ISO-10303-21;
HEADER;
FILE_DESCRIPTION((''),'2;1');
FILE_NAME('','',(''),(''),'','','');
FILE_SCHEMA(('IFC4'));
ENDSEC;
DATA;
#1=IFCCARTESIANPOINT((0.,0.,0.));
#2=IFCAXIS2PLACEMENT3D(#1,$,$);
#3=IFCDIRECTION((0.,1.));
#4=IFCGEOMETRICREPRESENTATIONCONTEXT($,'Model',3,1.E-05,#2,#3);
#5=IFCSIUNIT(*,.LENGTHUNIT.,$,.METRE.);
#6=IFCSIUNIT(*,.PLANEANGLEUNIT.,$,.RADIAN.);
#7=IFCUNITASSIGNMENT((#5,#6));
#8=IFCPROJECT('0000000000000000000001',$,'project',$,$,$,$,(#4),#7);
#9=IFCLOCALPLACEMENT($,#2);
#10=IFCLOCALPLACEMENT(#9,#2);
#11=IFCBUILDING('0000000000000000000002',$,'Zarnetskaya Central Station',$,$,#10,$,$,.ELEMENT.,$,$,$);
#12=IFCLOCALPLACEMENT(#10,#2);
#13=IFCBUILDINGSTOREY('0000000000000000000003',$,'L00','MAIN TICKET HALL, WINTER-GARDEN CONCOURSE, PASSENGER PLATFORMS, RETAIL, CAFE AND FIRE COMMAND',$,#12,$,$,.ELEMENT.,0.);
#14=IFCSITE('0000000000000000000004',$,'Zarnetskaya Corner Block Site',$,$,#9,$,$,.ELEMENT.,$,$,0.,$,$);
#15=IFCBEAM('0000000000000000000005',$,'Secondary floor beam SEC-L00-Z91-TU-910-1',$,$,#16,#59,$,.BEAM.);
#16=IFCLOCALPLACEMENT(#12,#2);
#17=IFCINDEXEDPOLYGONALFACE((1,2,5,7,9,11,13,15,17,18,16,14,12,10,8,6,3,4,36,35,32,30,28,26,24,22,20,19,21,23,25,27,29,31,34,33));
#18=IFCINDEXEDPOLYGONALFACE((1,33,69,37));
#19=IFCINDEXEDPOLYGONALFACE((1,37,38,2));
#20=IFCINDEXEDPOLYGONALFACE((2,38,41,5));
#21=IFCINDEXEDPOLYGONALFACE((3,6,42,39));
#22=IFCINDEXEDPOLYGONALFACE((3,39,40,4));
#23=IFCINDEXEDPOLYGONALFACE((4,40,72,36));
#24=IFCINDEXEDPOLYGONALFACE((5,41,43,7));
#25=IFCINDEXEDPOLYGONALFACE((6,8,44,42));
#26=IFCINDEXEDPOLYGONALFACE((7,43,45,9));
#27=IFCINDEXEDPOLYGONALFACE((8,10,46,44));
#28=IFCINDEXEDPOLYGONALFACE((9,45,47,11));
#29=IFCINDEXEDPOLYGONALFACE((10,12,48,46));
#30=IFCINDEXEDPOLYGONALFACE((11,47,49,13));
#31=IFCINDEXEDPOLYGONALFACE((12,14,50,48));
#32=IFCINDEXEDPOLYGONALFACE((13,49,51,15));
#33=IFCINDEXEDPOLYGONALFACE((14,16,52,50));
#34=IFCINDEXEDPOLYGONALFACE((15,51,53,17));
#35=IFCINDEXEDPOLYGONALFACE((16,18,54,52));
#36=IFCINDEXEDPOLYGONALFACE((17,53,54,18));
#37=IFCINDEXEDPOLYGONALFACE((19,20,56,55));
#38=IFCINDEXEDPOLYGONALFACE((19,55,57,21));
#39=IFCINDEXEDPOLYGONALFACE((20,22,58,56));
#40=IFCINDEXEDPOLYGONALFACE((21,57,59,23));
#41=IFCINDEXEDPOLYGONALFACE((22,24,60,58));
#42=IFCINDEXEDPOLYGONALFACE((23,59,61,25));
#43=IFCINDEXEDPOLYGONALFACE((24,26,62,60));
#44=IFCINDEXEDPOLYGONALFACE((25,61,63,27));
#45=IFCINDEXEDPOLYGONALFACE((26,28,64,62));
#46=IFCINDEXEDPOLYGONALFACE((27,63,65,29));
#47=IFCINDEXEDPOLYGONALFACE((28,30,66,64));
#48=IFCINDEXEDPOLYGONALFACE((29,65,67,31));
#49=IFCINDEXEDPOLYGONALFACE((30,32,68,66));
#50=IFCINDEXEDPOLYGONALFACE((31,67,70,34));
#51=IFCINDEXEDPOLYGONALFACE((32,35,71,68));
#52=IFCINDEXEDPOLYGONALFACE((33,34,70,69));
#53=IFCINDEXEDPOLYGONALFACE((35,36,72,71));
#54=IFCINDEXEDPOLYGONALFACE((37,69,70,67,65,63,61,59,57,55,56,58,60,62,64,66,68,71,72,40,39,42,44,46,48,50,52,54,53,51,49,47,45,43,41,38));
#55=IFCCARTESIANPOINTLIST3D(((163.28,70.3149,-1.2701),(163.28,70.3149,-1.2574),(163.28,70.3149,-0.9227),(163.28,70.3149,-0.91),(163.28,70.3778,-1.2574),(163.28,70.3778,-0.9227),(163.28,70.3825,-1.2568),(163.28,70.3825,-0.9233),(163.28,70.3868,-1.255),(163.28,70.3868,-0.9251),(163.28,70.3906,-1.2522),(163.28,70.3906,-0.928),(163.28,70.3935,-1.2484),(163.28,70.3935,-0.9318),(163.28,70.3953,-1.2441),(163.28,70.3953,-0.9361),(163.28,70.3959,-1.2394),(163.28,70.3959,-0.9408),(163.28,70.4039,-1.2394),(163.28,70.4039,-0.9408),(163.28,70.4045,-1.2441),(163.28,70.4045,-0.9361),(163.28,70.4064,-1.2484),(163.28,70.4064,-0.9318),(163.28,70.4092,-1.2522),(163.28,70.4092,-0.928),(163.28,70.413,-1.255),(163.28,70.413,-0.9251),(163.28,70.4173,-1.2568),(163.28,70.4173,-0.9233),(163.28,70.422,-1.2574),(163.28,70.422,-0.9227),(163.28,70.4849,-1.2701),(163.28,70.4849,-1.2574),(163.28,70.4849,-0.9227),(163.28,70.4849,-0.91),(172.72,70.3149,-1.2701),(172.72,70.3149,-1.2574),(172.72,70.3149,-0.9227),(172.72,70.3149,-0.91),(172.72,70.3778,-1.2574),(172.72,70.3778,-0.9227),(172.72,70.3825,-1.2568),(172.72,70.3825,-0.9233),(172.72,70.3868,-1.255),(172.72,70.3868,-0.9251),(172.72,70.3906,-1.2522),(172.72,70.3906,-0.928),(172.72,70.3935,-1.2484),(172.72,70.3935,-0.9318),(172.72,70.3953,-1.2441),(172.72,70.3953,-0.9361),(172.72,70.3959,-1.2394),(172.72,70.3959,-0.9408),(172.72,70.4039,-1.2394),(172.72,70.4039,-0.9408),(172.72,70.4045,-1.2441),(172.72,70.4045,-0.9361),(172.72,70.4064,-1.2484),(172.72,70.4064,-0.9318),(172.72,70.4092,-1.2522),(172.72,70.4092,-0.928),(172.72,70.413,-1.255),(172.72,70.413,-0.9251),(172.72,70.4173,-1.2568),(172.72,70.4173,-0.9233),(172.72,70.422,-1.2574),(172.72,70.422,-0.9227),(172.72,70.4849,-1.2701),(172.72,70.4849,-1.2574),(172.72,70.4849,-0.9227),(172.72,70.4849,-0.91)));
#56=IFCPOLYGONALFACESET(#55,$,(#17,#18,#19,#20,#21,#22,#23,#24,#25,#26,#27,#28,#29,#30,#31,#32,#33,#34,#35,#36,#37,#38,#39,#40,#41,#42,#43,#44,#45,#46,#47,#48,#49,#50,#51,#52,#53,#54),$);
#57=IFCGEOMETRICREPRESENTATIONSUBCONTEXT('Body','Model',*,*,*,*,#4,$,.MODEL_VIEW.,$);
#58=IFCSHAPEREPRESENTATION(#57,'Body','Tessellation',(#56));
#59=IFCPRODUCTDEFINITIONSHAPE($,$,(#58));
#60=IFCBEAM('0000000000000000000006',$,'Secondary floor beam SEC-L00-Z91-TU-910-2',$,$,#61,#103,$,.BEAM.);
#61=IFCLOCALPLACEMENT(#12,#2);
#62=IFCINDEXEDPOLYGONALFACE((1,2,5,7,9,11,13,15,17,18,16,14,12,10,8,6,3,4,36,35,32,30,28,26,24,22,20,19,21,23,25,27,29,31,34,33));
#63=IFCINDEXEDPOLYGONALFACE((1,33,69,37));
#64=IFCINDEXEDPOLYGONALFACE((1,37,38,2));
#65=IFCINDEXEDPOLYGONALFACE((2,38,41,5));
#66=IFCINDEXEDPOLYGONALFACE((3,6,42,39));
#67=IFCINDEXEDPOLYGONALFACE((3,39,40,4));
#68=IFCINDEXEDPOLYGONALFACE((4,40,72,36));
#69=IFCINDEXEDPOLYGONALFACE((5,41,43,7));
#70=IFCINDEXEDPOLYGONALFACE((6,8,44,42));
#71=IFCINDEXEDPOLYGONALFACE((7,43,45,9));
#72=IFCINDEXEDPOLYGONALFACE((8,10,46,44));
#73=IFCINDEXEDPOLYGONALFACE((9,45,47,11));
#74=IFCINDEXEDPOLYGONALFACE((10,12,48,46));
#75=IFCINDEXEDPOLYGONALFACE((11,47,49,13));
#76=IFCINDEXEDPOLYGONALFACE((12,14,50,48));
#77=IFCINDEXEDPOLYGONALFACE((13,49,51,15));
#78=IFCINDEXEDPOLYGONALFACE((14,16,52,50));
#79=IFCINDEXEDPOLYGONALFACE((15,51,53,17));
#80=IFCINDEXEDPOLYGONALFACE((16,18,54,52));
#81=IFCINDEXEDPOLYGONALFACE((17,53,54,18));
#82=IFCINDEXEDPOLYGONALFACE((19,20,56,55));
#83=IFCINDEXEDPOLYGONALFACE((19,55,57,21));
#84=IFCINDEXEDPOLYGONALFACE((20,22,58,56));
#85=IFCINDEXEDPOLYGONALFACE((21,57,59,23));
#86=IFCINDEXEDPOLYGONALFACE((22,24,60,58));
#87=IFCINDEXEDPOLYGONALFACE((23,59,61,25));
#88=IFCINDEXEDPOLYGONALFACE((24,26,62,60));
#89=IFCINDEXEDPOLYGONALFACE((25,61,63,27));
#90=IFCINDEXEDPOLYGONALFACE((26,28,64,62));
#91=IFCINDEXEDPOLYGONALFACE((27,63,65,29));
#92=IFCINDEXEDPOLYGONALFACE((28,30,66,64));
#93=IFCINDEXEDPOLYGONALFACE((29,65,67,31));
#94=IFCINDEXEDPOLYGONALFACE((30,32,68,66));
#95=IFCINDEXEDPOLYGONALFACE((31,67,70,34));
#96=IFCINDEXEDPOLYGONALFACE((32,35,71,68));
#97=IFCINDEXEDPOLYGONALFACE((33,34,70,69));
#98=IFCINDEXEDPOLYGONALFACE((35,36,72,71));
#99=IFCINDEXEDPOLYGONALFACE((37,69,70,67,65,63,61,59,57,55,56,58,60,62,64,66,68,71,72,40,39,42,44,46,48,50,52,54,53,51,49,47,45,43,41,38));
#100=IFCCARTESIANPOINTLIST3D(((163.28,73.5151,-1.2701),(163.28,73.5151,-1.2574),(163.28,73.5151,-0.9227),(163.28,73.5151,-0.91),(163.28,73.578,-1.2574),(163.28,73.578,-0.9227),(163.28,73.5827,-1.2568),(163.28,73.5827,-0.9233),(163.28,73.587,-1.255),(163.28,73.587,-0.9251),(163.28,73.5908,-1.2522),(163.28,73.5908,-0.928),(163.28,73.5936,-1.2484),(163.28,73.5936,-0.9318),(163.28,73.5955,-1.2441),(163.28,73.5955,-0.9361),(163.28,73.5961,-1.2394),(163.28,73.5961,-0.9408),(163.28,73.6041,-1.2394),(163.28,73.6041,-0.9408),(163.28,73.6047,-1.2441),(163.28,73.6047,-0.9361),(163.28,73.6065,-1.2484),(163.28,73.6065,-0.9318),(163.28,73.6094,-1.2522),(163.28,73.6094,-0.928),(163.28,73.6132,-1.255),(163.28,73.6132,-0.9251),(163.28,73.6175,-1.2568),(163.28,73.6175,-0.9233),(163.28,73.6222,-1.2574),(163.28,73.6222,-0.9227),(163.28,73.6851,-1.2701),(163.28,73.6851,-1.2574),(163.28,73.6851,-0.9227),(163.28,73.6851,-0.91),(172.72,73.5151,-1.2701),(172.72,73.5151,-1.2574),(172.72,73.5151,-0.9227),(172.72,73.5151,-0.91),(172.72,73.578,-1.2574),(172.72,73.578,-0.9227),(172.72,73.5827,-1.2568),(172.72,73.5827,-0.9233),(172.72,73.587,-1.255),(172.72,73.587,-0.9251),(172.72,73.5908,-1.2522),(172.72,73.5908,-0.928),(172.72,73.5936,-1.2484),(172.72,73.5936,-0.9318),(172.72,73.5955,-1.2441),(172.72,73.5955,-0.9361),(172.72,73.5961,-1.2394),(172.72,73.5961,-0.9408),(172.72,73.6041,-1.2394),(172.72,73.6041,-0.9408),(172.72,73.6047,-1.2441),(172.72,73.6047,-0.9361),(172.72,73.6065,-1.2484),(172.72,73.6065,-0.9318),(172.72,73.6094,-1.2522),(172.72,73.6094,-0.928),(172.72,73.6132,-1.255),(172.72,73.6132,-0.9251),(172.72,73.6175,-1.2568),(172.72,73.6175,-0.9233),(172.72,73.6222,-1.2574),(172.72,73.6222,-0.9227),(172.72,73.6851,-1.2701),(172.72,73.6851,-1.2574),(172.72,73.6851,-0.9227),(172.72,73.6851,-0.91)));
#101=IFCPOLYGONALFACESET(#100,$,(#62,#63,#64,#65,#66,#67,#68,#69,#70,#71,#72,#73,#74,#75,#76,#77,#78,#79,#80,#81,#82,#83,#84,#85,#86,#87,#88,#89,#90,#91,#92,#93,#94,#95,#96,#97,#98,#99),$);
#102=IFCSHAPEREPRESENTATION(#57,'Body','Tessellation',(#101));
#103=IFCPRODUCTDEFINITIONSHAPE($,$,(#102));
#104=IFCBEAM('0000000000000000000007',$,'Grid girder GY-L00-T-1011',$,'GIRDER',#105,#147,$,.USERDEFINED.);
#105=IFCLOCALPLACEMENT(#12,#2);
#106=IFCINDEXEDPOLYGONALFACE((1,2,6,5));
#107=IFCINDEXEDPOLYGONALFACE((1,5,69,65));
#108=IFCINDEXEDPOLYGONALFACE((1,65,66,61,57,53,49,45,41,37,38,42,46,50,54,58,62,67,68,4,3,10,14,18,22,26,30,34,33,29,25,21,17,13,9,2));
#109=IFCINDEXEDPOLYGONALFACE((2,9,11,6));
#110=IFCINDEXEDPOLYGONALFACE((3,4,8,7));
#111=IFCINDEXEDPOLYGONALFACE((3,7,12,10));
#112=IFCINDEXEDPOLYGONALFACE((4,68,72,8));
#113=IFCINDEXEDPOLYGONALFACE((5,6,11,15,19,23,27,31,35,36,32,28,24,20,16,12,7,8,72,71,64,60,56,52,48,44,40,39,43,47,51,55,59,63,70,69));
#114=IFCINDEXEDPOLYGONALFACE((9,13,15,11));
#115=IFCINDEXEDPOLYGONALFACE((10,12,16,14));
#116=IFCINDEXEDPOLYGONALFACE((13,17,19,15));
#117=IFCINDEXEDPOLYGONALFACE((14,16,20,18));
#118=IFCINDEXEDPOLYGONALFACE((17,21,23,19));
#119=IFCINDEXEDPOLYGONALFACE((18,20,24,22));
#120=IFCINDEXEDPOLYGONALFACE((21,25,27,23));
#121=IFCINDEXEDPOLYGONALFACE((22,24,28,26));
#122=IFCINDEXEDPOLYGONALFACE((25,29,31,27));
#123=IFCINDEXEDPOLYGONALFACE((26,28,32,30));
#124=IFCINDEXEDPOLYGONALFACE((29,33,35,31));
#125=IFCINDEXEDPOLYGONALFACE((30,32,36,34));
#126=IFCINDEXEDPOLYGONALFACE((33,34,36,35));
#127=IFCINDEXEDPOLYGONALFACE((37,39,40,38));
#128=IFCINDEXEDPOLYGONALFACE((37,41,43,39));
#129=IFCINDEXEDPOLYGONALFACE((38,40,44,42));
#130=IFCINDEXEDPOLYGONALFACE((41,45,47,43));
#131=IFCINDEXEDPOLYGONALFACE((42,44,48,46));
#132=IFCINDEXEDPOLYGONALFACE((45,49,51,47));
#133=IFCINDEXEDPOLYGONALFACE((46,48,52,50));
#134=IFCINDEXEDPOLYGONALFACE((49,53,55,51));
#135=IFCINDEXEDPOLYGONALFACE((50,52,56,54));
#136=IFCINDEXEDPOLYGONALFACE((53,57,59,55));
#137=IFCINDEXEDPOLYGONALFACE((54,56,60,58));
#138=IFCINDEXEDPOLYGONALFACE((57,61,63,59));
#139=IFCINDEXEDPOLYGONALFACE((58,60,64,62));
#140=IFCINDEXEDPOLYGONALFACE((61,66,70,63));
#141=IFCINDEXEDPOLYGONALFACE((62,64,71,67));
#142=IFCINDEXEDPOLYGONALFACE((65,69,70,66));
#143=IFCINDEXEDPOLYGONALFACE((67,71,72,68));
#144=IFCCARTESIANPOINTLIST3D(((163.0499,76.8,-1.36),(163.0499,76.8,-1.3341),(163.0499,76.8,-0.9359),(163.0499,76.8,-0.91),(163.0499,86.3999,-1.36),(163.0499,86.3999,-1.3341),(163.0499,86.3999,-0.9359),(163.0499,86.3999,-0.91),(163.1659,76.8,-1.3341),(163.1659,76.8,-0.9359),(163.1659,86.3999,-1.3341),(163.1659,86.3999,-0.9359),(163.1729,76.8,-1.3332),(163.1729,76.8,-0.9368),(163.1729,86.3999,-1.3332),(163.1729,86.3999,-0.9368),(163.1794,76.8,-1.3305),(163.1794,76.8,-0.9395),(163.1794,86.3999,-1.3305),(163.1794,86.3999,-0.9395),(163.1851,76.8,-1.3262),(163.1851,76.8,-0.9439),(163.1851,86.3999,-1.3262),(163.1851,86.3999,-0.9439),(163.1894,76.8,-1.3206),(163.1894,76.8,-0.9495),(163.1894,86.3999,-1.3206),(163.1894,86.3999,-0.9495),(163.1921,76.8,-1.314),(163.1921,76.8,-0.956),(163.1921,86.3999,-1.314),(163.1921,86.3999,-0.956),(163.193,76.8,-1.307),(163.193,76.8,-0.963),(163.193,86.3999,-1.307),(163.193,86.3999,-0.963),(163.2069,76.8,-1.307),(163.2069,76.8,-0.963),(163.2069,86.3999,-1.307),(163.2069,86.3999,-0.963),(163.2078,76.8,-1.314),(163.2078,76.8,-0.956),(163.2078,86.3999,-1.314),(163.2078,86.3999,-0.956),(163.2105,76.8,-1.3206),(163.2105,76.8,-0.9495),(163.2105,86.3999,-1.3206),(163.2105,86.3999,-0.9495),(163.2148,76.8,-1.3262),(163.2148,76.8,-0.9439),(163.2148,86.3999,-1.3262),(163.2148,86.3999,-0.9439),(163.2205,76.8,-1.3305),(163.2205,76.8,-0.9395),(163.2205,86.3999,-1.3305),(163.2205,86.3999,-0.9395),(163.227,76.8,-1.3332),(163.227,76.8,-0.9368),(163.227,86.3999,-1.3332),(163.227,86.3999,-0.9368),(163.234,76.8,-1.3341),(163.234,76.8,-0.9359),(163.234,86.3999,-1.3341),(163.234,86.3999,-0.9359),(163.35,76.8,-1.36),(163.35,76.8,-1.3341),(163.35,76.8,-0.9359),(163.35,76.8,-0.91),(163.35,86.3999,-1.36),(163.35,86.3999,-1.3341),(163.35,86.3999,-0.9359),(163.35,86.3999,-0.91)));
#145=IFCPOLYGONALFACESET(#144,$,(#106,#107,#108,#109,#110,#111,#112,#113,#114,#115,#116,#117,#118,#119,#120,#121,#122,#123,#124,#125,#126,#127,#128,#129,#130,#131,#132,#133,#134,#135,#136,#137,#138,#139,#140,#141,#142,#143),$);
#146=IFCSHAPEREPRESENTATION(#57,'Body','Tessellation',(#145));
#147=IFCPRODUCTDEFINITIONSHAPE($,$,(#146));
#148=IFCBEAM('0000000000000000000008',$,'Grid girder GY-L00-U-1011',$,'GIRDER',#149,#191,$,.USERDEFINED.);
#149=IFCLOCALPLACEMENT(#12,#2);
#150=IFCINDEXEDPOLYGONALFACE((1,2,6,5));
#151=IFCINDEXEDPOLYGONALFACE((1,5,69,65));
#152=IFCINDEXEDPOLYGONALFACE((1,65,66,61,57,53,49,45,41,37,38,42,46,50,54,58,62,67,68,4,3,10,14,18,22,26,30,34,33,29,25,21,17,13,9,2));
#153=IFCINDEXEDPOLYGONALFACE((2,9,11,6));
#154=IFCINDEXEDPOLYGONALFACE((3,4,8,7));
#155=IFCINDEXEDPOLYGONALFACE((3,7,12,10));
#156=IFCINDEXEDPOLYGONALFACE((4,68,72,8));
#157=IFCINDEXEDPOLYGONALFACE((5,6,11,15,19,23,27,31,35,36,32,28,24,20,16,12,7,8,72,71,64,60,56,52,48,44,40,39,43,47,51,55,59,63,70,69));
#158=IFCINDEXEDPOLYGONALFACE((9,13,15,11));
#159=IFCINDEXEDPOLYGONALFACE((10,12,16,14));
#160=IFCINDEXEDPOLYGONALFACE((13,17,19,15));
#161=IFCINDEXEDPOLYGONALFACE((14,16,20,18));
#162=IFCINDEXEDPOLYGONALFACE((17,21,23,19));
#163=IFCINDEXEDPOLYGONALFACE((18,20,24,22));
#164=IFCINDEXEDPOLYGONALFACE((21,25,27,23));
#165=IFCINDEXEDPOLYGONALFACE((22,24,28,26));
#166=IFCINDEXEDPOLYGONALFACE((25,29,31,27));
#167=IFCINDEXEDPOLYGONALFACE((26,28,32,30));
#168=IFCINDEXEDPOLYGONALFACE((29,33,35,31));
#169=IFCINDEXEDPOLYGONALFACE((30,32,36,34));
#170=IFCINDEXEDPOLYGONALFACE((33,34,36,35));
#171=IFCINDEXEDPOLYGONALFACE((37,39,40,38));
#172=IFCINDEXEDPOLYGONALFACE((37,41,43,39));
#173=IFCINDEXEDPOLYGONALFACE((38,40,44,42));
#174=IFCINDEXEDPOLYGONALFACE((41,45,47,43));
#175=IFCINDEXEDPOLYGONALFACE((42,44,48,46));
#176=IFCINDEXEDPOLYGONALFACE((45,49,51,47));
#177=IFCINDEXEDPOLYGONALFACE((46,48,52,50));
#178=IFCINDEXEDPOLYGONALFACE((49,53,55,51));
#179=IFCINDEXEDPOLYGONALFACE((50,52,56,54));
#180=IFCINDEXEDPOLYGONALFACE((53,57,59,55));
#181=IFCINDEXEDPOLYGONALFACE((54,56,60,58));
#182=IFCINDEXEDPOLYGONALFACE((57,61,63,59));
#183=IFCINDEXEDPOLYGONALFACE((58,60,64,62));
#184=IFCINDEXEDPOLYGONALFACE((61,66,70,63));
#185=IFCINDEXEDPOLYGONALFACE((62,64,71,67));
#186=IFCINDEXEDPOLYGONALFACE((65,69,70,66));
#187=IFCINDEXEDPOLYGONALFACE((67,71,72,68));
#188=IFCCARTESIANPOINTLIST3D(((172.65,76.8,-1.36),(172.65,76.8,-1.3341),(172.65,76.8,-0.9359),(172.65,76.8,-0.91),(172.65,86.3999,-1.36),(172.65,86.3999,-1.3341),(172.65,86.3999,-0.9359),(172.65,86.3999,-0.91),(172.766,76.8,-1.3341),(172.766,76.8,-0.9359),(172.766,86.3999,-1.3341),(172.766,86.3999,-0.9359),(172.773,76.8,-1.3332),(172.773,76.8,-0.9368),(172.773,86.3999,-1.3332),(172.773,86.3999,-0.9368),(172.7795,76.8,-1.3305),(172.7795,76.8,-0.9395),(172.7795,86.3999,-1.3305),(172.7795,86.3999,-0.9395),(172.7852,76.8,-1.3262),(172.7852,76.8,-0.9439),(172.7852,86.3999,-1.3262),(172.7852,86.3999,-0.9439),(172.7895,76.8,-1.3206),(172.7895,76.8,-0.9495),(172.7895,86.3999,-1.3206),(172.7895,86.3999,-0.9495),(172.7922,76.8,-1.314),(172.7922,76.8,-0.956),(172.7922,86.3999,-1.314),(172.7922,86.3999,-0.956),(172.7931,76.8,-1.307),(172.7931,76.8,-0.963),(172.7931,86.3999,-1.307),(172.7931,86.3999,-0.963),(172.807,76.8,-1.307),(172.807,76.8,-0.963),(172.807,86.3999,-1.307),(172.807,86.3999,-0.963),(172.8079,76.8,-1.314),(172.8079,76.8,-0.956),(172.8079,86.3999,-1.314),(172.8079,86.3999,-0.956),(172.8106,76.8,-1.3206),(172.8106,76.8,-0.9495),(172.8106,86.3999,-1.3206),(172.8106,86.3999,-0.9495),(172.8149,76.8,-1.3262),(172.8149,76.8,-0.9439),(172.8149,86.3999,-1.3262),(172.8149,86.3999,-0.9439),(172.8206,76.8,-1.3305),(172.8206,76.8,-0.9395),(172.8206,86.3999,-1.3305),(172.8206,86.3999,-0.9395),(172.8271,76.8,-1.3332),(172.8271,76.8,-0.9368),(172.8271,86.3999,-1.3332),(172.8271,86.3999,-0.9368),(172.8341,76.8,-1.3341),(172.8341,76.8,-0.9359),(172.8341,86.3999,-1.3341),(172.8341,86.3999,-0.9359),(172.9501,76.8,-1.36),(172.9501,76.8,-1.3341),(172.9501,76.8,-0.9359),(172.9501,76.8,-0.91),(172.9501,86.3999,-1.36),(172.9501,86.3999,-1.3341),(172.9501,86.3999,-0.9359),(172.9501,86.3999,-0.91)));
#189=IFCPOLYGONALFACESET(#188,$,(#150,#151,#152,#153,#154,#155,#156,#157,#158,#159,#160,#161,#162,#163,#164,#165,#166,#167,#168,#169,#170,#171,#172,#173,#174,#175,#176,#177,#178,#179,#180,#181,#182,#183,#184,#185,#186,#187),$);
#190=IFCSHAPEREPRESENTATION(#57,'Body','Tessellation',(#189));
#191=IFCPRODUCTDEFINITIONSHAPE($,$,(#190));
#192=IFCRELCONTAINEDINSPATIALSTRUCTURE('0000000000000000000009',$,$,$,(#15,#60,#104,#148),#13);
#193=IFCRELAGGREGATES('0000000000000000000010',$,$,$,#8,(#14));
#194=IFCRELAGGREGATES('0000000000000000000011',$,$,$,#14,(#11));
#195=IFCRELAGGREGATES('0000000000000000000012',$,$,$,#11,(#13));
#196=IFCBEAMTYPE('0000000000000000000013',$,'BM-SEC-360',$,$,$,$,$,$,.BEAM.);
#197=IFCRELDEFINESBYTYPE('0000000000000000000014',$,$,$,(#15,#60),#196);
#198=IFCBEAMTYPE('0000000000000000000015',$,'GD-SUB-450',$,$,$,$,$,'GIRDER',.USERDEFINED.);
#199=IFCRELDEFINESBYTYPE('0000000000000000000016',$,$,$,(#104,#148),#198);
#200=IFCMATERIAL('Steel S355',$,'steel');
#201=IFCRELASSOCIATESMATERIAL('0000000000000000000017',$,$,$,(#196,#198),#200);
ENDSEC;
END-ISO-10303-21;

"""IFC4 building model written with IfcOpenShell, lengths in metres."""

from ifc_helpers import new_model, si_unit, direction, frame, origin, origin_2d, place, context, subcontext, project, spatial, i_section, extrude, material, material_profile, profile_set, type_object, element, save


model = new_model("IFC4")

# Units and contexts
model_context = context("Model", 3, precision=1e-05, world=origin(), true_north=direction((0.0, 1.0)))
body_context = subcontext(model_context, "Body", "Model", "MODEL_VIEW")
ifc_project = project(units=[si_unit("LENGTHUNIT", "METRE"), si_unit("PLANEANGLEUNIT", "RADIAN")], contexts=[model_context])

# Site, building, storey
site_placement = place(None, origin())
site = spatial("IfcSite", under=ifc_project, at=site_placement, Name="Zarnetskaya Corner Block Site", CompositionType="ELEMENT", RefElevation=0.0)
building_placement = place(site_placement, origin())
building = spatial("IfcBuilding", under=site, at=building_placement, Name="Zarnetskaya Central Station", CompositionType="ELEMENT")
storey_placement = place(building_placement, origin())
storey = spatial("IfcBuildingStorey", under=building, at=storey_placement, Name="L00", Description="MAIN TICKET HALL, WINTER-GARDEN CONCOURSE, PASSENGER PLATFORMS, RETAIL, CAFE AND FIRE COMMAND", CompositionType="ELEMENT", Elevation=0.0)

# Shared definitions
ifc_material = material(Name="Steel S355", Category="steel")

# Beams
ifc_material_profile_1 = material_profile(ifc_material, i_section(OverallWidth=0.1699, OverallDepth=0.3601, WebThickness=0.0081, FlangeThickness=0.0127, FilletRadius=0.0181, at=origin_2d()), Name="IPE 360")
ifc_profile_set_1 = profile_set([ifc_material_profile_1], Name="Steel S355")
beam_type_1 = type_object("IfcBeamType", Name="BM-SEC-360", PredefinedType="BEAM", material=ifc_profile_set_1)
for number, where, z_axis, x_axis, name in (
    (1, (163.28, 70.3999, -1.0901), (1.0, 0.0, 0.0), (0.0, 1.0, 0.0), "Secondary floor beam SEC-L00-Z91-TU-910-1"),
    (2, (163.28, 73.6001, -1.0901), (1.0, 0.0, 0.0), (0.0, 1.0, 0.0), "Secondary floor beam SEC-L00-Z91-TU-910-2"),
):
    element("IfcBeam", number, at=place(storey_placement, frame(where, z_axis=z_axis, x_axis=x_axis)), inside=storey, type_object=beam_type_1, Name=name, PredefinedType="BEAM", context=body_context, shape_type="SweptSolid", body=[
        extrude(i_section(OverallWidth=0.1699, OverallDepth=0.3601, WebThickness=0.0081, FlangeThickness=0.0127, FilletRadius=0.0181, at=origin_2d()), origin(), (0.0, 0.0, 1.0), 9.4399),
    ])
ifc_material_profile_2 = material_profile(ifc_material, i_section(OverallWidth=0.3, OverallDepth=0.45, WebThickness=0.0139, FlangeThickness=0.0259, FilletRadius=0.0271, at=origin_2d()), Name="HEB 450")
ifc_profile_set_2 = profile_set([ifc_material_profile_2], Name="Steel S355")
beam_type_2 = type_object("IfcBeamType", Name="GD-SUB-450", ElementType="GIRDER", PredefinedType="USERDEFINED", material=ifc_profile_set_2)
for number, where, z_axis, x_axis, name in (
    (3, (163.2, 76.8, -1.135), (0.0, 1.0, 0.0), (-1.0, 0.0, 0.0), "Grid girder GY-L00-T-1011"),
    (4, (172.8, 76.8, -1.135), (0.0, 1.0, 0.0), (-1.0, 0.0, 0.0), "Grid girder GY-L00-U-1011"),
):
    element("IfcBeam", number, at=place(storey_placement, frame(where, z_axis=z_axis, x_axis=x_axis)), inside=storey, type_object=beam_type_2, Name=name, ObjectType="GIRDER", PredefinedType="USERDEFINED", context=body_context, shape_type="SweptSolid", body=[
        extrude(i_section(OverallWidth=0.3, OverallDepth=0.45, WebThickness=0.0139, FlangeThickness=0.0259, FilletRadius=0.0271, at=origin_2d()), origin(), (0.0, 0.0, 1.0), 9.5999),
    ])

save(model, "model.ifc")
